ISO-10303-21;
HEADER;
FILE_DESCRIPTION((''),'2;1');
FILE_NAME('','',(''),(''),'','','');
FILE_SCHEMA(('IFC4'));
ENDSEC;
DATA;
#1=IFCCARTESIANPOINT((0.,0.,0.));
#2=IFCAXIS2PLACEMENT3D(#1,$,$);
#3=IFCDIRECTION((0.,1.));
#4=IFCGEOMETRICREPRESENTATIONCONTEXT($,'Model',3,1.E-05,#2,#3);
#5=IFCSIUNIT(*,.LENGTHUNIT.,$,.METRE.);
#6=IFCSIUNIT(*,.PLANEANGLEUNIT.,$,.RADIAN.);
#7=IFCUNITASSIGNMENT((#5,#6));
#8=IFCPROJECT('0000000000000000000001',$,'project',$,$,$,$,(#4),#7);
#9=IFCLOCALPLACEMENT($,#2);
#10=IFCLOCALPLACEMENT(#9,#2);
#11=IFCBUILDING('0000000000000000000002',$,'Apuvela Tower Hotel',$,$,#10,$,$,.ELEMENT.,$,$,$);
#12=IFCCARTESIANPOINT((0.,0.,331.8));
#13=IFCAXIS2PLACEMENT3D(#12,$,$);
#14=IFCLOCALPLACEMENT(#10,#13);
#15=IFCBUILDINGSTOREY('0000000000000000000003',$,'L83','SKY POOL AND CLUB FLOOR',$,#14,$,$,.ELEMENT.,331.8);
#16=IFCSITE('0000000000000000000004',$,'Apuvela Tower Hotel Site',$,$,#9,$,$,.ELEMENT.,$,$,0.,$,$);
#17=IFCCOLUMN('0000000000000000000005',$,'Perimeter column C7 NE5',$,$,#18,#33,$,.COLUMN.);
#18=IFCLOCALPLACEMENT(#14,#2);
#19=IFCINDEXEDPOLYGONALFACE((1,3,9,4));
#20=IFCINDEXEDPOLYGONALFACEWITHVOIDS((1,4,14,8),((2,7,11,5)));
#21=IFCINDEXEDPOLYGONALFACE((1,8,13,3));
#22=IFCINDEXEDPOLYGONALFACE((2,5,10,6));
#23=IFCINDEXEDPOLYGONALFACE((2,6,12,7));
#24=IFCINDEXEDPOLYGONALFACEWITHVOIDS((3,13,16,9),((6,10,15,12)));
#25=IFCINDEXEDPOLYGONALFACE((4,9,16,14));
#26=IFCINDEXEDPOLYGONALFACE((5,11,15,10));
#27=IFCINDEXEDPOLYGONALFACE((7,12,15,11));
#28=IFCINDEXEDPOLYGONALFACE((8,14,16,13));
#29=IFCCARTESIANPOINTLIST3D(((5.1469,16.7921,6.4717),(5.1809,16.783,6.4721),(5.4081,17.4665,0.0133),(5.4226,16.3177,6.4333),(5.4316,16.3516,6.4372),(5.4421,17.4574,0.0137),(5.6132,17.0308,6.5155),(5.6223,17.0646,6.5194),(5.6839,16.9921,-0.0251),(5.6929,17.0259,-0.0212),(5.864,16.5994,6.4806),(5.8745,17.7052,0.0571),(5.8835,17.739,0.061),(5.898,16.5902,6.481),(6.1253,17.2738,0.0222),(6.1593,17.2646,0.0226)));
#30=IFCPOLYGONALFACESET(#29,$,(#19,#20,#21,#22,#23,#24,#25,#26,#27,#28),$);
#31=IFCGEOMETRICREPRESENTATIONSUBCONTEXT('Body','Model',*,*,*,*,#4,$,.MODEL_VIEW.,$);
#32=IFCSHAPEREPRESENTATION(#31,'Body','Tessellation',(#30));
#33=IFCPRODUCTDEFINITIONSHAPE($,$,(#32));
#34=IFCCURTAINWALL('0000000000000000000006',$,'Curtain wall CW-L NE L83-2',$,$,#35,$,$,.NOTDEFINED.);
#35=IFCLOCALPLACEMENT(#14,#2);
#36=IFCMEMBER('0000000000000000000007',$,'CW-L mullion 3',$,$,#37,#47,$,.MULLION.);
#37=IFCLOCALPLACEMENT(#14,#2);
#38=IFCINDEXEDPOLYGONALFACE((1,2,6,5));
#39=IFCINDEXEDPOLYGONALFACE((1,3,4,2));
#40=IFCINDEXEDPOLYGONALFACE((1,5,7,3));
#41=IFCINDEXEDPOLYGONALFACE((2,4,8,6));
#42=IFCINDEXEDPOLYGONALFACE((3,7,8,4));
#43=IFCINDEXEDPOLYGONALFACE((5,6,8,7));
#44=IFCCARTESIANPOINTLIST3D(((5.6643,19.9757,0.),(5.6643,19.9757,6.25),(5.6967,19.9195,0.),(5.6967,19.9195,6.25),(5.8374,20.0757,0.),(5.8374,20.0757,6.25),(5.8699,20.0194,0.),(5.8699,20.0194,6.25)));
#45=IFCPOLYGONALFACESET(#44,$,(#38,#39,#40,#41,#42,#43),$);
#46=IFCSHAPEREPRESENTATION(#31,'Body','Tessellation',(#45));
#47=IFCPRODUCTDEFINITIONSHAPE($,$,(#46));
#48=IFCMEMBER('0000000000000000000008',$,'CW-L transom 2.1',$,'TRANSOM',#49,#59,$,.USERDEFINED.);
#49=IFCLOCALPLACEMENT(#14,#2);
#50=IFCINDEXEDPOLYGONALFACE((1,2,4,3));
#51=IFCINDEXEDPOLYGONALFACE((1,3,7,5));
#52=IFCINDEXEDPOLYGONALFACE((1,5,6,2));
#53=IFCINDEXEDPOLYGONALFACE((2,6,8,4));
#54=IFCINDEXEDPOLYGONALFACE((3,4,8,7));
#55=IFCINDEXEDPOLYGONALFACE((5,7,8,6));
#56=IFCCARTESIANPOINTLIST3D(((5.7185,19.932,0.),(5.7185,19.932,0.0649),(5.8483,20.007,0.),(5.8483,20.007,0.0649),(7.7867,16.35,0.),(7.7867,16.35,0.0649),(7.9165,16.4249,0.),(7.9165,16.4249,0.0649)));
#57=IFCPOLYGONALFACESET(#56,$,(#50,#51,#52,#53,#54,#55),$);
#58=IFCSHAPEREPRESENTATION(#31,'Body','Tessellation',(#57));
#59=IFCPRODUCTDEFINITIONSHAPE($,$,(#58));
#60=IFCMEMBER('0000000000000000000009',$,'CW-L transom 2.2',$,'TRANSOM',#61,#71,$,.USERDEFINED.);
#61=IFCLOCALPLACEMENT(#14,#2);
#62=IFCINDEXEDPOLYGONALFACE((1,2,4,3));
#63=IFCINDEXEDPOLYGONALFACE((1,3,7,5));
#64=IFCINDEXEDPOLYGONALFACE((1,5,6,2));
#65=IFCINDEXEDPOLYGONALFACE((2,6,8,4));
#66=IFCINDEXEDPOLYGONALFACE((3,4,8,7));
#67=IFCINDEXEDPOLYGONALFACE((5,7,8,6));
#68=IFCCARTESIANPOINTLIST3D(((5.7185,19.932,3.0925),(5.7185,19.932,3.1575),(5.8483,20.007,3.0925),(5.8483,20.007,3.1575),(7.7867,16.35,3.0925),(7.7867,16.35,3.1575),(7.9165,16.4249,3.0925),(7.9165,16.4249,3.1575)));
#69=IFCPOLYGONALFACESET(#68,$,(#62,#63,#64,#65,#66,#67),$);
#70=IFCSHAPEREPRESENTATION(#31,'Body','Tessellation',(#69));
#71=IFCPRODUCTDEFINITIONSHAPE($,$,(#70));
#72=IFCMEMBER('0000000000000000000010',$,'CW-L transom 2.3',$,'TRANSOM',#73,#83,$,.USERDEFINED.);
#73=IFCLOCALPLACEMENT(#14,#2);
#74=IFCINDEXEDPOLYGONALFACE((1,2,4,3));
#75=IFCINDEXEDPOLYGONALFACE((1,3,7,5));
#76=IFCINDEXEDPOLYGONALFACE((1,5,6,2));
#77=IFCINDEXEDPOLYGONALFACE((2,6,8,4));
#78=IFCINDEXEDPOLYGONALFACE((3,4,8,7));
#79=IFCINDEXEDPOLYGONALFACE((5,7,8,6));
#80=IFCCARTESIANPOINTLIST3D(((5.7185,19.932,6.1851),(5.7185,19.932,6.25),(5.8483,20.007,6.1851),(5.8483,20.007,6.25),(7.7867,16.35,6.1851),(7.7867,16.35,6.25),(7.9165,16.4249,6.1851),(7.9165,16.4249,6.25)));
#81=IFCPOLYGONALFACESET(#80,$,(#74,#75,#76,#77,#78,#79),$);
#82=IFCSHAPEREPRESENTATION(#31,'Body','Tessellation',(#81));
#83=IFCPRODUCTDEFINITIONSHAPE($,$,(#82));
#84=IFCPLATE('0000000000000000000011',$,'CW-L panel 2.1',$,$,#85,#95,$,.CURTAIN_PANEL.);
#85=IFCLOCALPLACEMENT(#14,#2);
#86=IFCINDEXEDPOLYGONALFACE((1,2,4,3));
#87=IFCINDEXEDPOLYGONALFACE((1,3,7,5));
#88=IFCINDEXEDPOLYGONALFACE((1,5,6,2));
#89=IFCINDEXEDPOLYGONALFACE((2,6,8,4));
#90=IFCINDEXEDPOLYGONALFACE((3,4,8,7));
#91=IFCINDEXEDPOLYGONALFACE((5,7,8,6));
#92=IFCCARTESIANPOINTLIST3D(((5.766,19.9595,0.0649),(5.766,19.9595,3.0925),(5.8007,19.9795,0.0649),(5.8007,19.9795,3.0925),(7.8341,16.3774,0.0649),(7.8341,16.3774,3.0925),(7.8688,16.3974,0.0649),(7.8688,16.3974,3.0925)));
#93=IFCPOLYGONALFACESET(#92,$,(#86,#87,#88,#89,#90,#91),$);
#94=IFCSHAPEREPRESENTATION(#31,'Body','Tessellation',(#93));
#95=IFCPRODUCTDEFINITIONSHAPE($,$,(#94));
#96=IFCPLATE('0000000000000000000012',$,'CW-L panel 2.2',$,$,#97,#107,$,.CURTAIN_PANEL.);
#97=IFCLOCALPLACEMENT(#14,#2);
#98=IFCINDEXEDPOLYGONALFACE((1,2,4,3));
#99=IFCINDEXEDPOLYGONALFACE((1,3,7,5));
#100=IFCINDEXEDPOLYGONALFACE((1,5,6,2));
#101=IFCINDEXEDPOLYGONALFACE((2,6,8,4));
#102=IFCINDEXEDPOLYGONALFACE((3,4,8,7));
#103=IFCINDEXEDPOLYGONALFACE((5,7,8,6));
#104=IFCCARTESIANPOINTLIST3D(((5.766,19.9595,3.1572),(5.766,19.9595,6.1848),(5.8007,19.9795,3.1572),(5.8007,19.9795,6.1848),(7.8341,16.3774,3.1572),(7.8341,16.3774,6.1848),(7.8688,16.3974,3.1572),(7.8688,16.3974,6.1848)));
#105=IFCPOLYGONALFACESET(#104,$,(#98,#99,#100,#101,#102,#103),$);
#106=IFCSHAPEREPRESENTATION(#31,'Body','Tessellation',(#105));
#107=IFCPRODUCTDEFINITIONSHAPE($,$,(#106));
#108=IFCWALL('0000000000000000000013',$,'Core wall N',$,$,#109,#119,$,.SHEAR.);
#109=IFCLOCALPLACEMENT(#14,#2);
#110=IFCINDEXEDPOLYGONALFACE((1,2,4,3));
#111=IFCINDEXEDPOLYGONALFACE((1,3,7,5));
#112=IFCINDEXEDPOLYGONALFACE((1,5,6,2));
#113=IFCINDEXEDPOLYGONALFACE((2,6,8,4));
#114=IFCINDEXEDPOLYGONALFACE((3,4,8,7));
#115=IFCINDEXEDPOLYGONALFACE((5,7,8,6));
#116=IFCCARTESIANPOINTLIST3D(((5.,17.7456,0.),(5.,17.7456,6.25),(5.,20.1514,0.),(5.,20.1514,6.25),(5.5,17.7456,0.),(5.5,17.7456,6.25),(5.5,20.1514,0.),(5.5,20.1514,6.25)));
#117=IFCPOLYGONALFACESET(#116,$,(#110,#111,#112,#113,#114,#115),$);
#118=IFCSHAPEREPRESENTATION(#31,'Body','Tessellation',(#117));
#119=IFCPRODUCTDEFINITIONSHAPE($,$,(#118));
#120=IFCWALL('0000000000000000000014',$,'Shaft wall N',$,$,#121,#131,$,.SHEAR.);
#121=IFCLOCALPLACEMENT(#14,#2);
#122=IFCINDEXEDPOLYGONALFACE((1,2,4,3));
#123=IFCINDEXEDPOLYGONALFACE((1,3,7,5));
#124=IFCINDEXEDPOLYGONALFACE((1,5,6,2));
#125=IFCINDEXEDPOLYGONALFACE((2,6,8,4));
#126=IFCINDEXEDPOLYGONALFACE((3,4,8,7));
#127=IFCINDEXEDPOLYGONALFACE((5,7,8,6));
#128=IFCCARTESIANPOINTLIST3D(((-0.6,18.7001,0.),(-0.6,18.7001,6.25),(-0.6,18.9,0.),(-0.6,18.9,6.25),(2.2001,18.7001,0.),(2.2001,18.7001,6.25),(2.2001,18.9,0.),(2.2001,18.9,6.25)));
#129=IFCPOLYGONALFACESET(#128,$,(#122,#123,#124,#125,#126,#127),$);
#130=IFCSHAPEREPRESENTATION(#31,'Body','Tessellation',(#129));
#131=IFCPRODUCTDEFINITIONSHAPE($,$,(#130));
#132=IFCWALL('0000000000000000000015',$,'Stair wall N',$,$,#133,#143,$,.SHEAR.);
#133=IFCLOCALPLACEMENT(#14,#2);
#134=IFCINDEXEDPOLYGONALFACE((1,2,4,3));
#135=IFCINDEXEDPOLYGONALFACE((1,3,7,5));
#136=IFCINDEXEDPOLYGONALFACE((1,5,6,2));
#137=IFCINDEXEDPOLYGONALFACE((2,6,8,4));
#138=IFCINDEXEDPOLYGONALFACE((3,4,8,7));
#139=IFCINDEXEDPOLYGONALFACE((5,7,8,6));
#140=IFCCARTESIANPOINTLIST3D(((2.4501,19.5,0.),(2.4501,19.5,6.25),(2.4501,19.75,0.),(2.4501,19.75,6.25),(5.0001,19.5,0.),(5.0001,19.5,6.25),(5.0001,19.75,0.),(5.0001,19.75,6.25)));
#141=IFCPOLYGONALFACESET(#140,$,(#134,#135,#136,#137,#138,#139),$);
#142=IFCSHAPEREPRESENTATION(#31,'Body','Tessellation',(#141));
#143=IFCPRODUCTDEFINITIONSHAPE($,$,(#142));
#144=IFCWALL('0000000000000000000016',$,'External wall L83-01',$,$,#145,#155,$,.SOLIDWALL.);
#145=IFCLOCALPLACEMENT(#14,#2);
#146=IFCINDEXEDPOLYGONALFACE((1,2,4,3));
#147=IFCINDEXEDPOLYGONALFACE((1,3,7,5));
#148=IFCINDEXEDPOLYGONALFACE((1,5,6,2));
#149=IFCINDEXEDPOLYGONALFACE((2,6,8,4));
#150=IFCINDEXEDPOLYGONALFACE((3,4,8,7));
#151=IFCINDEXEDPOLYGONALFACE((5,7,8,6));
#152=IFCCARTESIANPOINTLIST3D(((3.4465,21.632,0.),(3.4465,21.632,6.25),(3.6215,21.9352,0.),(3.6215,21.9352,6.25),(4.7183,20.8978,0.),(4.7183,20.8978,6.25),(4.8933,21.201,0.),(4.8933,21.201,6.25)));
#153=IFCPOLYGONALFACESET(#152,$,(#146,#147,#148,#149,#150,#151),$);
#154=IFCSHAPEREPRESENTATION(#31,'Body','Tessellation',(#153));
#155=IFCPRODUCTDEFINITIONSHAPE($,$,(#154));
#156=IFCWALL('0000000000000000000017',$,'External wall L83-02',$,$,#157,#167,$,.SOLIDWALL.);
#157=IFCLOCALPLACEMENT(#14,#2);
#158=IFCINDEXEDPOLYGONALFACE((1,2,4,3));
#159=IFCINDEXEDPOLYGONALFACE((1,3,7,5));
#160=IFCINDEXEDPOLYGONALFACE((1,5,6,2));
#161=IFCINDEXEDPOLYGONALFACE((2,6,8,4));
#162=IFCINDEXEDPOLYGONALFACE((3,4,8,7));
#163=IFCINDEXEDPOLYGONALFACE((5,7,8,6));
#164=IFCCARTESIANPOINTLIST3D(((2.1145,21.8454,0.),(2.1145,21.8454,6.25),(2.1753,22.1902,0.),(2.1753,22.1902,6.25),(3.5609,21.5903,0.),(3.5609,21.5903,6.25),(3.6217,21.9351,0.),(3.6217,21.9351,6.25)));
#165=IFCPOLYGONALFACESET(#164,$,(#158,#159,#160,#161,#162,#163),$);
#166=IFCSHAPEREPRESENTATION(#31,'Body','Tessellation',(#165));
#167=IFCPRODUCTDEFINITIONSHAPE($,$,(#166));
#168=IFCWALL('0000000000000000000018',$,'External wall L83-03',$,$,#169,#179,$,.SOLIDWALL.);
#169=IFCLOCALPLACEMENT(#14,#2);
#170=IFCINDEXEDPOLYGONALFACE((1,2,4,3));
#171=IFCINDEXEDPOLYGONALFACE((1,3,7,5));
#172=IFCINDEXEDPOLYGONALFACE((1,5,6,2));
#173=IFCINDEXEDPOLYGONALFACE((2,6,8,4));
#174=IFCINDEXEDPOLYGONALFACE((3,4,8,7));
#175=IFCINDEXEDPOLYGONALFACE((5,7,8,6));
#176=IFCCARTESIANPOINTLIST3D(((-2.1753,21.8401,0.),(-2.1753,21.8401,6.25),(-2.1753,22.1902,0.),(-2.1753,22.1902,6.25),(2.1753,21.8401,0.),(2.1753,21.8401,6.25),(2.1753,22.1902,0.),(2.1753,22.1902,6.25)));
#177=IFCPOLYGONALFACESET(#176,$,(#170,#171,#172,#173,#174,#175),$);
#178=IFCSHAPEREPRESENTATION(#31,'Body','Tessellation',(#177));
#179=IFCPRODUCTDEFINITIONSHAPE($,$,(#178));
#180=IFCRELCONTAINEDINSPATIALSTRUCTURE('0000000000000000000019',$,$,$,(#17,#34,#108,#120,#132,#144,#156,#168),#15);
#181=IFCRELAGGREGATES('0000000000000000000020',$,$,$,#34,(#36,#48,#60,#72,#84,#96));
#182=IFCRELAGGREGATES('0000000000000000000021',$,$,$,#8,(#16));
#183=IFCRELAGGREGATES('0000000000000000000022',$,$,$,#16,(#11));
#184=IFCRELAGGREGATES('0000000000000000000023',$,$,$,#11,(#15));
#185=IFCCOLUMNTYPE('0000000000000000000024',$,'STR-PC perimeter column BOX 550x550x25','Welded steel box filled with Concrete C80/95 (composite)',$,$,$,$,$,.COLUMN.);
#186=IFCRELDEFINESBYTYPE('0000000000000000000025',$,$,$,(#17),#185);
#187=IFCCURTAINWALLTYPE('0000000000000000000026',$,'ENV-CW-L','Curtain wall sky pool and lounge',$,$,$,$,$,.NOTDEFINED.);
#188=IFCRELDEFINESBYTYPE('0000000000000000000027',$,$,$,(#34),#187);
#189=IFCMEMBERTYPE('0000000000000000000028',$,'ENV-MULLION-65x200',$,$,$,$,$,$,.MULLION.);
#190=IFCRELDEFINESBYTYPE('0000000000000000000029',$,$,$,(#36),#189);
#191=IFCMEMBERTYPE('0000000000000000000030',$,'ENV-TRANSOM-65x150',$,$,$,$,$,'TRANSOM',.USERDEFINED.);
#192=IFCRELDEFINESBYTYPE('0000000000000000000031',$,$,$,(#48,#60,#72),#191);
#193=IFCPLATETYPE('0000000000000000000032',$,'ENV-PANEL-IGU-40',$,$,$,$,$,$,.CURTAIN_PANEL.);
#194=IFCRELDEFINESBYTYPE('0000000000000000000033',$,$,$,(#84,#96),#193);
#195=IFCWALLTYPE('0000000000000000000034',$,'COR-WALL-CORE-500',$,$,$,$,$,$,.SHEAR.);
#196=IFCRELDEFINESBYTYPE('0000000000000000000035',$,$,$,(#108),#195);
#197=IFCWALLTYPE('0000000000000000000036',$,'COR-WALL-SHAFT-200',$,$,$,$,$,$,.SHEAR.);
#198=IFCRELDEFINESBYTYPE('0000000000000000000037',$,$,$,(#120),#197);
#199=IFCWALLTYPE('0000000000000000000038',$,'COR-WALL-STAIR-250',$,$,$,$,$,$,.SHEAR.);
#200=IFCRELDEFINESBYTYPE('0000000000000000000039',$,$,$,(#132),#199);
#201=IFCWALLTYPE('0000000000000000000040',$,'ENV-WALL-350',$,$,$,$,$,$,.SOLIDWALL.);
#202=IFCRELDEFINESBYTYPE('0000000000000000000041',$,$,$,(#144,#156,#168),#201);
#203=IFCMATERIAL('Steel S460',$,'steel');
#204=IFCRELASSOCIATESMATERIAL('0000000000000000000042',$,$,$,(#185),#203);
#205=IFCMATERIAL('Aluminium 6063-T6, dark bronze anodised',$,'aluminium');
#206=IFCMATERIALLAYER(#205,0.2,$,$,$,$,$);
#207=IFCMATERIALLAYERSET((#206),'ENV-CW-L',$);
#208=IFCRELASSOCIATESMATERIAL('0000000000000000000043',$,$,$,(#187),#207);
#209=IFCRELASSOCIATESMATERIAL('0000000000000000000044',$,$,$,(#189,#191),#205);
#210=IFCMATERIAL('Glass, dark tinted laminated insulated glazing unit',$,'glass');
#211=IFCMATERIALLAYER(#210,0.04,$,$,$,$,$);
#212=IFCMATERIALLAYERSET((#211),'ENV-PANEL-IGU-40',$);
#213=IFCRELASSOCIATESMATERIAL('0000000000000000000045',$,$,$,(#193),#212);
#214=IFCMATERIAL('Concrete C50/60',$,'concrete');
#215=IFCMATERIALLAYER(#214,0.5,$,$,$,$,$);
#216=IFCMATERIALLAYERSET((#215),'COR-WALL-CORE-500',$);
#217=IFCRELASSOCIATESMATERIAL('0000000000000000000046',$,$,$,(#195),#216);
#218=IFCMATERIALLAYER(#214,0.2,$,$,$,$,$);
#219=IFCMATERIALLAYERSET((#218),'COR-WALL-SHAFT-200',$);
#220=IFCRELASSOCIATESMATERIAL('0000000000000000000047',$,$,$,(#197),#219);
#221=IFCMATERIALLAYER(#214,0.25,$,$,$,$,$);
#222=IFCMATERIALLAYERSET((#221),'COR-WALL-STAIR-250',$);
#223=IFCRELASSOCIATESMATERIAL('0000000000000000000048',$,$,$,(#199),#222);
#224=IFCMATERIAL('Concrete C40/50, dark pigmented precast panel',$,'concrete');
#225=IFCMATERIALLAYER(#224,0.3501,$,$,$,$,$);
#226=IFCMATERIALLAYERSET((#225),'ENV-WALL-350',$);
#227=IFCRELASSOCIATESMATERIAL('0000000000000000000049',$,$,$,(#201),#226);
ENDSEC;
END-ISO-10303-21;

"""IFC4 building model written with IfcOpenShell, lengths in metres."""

from ifc_helpers import new_model, si_unit, direction, frame, frame_2d, origin, origin_2d, place, context, subcontext, project, spatial, rectangle, hollow_rectangle, extrude, boolean, halfspace, material, layer, layer_set, material_profile, profile_set, type_object, element, aggregate, save


model = new_model("IFC4")

# Units and contexts
model_context = context("Model", 3, precision=1e-05, world=origin(), true_north=direction((0.0, 1.0)))
body_context = subcontext(model_context, "Body", "Model", "MODEL_VIEW")
ifc_project = project(units=[si_unit("LENGTHUNIT", "METRE"), si_unit("PLANEANGLEUNIT", "RADIAN")], contexts=[model_context])

# Site, building, storey
site_placement = place(None, origin())
site = spatial("IfcSite", under=ifc_project, at=site_placement, Name="Apuvela Tower Hotel Site", CompositionType="ELEMENT", RefElevation=0.0)
building_placement = place(site_placement, origin())
building = spatial("IfcBuilding", under=site, at=building_placement, Name="Apuvela Tower Hotel", CompositionType="ELEMENT")
storey_placement = place(building_placement, frame((0.0, 0.0, 331.8)))
storey = spatial("IfcBuildingStorey", under=building, at=storey_placement, Name="L83", Description="SKY POOL AND CLUB FLOOR", CompositionType="ELEMENT", Elevation=331.8)

# Column
ifc_material_1 = material(Name="Steel S460", Category="steel")
ifc_material_profile_1 = material_profile(ifc_material_1, hollow_rectangle(XDim=0.55, YDim=0.55, WallThickness=0.0249, at=origin_2d()), Name="BOX 550x550x25")
ifc_material_2 = material(Name="Concrete C80/95", Category="concrete")
ifc_material_profile_2 = material_profile(ifc_material_2, rectangle(XDim=0.5, YDim=0.5, at=origin_2d()), Name="Concrete C80/95 infill")
ifc_profile_set_1 = profile_set([ifc_material_profile_1, ifc_material_profile_2], Name="Steel S460")
column_type = type_object("IfcColumnType", Name="STR-PC perimeter column BOX 550x550x25", Description="Welded steel box filled with Concrete C80/95 (composite)", PredefinedType="COLUMN", material=ifc_profile_set_1)
column_placement = place(storey_placement, frame((5.7844, 17.3674, 0.0), z_axis=(-0.040201, -0.103769, 0.993789), x_axis=(-0.501318, 0.862445, 0.069775)))
element("IfcColumn", 1, at=column_placement, inside=storey, type_object=column_type, Name="Perimeter column C7 NE5", PredefinedType="COLUMN", context=body_context, shape_type="SweptSolid", body=[
    boolean("DIFFERENCE", boolean("DIFFERENCE", extrude(hollow_rectangle(XDim=0.55, YDim=0.55, WallThickness=0.0249, at=origin_2d()), origin(), (0.0, 0.0, 1.0), 6.5405), halfspace(frame((0.0, 0.0, 0.0181), z_axis=(0.0, 0.0, 1.0), x_axis=(1.0, 0.0, 0.0)), True)), halfspace(frame((0.0, 0.0, 6.5168), z_axis=(0.0, 0.0, 1.0), x_axis=(1.0, 0.0, 0.0)), False)),
])

# Curtain wall, members, plates
ifc_material_3 = material(Name="Aluminium 6063-T6, dark bronze anodised", Category="aluminium")
ifc_layer_1 = layer(ifc_material_3, 0.2)
ifc_layer_set_1 = layer_set([ifc_layer_1], Name="ENV-CW-L")
curtain_wall_type = type_object("IfcCurtainWallType", Name="ENV-CW-L", Description="Curtain wall sky pool and lounge", PredefinedType="NOTDEFINED", material=ifc_layer_set_1)
curtain_wall_placement = place(storey_placement, origin())
curtain_wall = element("IfcCurtainWall", 2, at=curtain_wall_placement, inside=storey, type_object=curtain_wall_type, Name="Curtain wall CW-L NE L83-2", PredefinedType="NOTDEFINED")
ifc_material_profile_3 = material_profile(ifc_material_3, rectangle(XDim=0.2, YDim=0.0649, at=origin_2d()), Name="AL 65x200")
ifc_profile_set_2 = profile_set([ifc_material_profile_3], Name="Aluminium 6063-T6, dark bronze anodised")
member_type_1 = type_object("IfcMemberType", Name="ENV-MULLION-65x200", PredefinedType="MULLION", material=ifc_profile_set_2)
member_1_placement = place(storey_placement, frame((5.7671, 19.9976, 0.0), z_axis=(0.0, 0.0, 1.0), x_axis=(-0.866023, -0.500004, 0.0)))
member_1 = element("IfcMember", 3, at=member_1_placement, type_object=member_type_1, Name="CW-L mullion 3", PredefinedType="MULLION", context=body_context, shape_type="SweptSolid", body=[
    extrude(rectangle(XDim=0.2, YDim=0.0649, at=origin_2d()), origin(), (0.0, 0.0, 1.0), 6.25),
])
ifc_material_profile_4 = material_profile(ifc_material_3, rectangle(XDim=0.1499, YDim=0.0649, at=origin_2d()), Name="AL 65x150 transom")
ifc_profile_set_3 = profile_set([ifc_material_profile_4], Name="Aluminium 6063-T6, dark bronze anodised")
member_type_2 = type_object("IfcMemberType", Name="ENV-TRANSOM-65x150", ElementType="TRANSOM", PredefinedType="USERDEFINED", material=ifc_profile_set_3)
member_2_placement = place(storey_placement, frame((7.8516, 16.3875, 0.0325), z_axis=(-0.500005, 0.866022, 0.0), x_axis=(-0.866022, -0.500005, 0.0)))
member_2 = element("IfcMember", 4, at=member_2_placement, type_object=member_type_2, Name="CW-L transom 2.1", ObjectType="TRANSOM", PredefinedType="USERDEFINED", context=body_context, shape_type="SweptSolid", body=[
    extrude(rectangle(XDim=0.1499, YDim=0.0649, at=origin_2d()), origin(), (0.0, 0.0, 1.0), 4.1362),
])
member_3_placement = place(storey_placement, frame((7.8516, 16.3875, 3.125), z_axis=(-0.500005, 0.866022, 0.0), x_axis=(-0.866022, -0.500005, 0.0)))
member_3 = element("IfcMember", 5, at=member_3_placement, type_object=member_type_2, Name="CW-L transom 2.2", ObjectType="TRANSOM", PredefinedType="USERDEFINED", context=body_context, shape_type="SweptSolid", body=[
    extrude(rectangle(XDim=0.1499, YDim=0.0649, at=origin_2d()), origin(), (0.0, 0.0, 1.0), 4.1362),
])
member_4_placement = place(storey_placement, frame((7.8516, 16.3875, 6.2175), z_axis=(-0.500005, 0.866022, 0.0), x_axis=(-0.866022, -0.500005, 0.0)))
member_4 = element("IfcMember", 6, at=member_4_placement, type_object=member_type_2, Name="CW-L transom 2.3", ObjectType="TRANSOM", PredefinedType="USERDEFINED", context=body_context, shape_type="SweptSolid", body=[
    extrude(rectangle(XDim=0.1499, YDim=0.0649, at=origin_2d()), origin(), (0.0, 0.0, 1.0), 4.1362),
])
ifc_material_4 = material(Name="Glass, dark tinted laminated insulated glazing unit", Category="glass")
ifc_layer_2 = layer(ifc_material_4, 0.04)
ifc_layer_set_2 = layer_set([ifc_layer_2], Name="ENV-PANEL-IGU-40")
plate_type = type_object("IfcPlateType", Name="ENV-PANEL-IGU-40", PredefinedType="CURTAIN_PANEL", material=ifc_layer_set_2)
plate_1_placement = place(storey_placement, frame((6.8174, 18.1785, 0.0649), z_axis=(0.0, 0.0, 1.0), x_axis=(-0.500004, 0.866023, 0.0)))
plate_1 = element("IfcPlate", 7, at=plate_1_placement, type_object=plate_type, Name="CW-L panel 2.1", PredefinedType="CURTAIN_PANEL", context=body_context, shape_type="SweptSolid", body=[
    extrude(rectangle(XDim=4.1362, YDim=0.04, at=origin_2d()), origin(), (0.0, 0.0, 1.0), 3.0276),
])
plate_2_placement = place(storey_placement, frame((6.8174, 18.1785, 3.1572), z_axis=(0.0, 0.0, 1.0), x_axis=(-0.500004, 0.866023, 0.0)))
plate_2 = element("IfcPlate", 8, at=plate_2_placement, type_object=plate_type, Name="CW-L panel 2.2", PredefinedType="CURTAIN_PANEL", context=body_context, shape_type="SweptSolid", body=[
    extrude(rectangle(XDim=4.1362, YDim=0.04, at=origin_2d()), origin(), (0.0, 0.0, 1.0), 3.0276),
])
aggregate(curtain_wall, [member_1, member_2, member_3, member_4, plate_1, plate_2])

# Walls
ifc_material_5 = material(Name="Concrete C50/60", Category="concrete")
ifc_layer_3 = layer(ifc_material_5, 0.5)
ifc_layer_set_3 = layer_set([ifc_layer_3], Name="COR-WALL-CORE-500")
wall_type_1 = type_object("IfcWallType", Name="COR-WALL-CORE-500", PredefinedType="SHEAR", material=ifc_layer_set_3)
wall_1_placement = place(storey_placement, frame((5.25, 17.7456, 0.0), z_axis=(0.0, 0.0, 1.0), x_axis=(0.0, 1.0, 0.0)))
element("IfcWall", 9, at=wall_1_placement, inside=storey, type_object=wall_type_1, Name="Core wall N", PredefinedType="SHEAR", context=body_context, shape_type="SweptSolid", body=[
    extrude(rectangle(XDim=2.4058, YDim=0.5, at=frame_2d((1.2029, 0.0))), origin(), (0.0, 0.0, 1.0), 6.25),
])
ifc_layer_4 = layer(ifc_material_5, 0.2)
ifc_layer_set_4 = layer_set([ifc_layer_4], Name="COR-WALL-SHAFT-200")
wall_type_2 = type_object("IfcWallType", Name="COR-WALL-SHAFT-200", PredefinedType="SHEAR", material=ifc_layer_set_4)
wall_2_placement = place(storey_placement, frame((2.2, 18.8, 0.0), z_axis=(0.0, 0.0, 1.0), x_axis=(-1.0, 0.0, 0.0)))
element("IfcWall", 10, at=wall_2_placement, inside=storey, type_object=wall_type_2, Name="Shaft wall N", PredefinedType="SHEAR", context=body_context, shape_type="SweptSolid", body=[
    extrude(rectangle(XDim=2.8, YDim=0.2, at=frame_2d((1.3999, 0.0))), origin(), (0.0, 0.0, 1.0), 6.25),
])
ifc_layer_5 = layer(ifc_material_5, 0.25)
ifc_layer_set_5 = layer_set([ifc_layer_5], Name="COR-WALL-STAIR-250")
wall_type_3 = type_object("IfcWallType", Name="COR-WALL-STAIR-250", PredefinedType="SHEAR", material=ifc_layer_set_5)
wall_3_placement = place(storey_placement, frame((5.0, 19.625, 0.0), z_axis=(0.0, 0.0, 1.0), x_axis=(-1.0, 0.0, 0.0)))
element("IfcWall", 11, at=wall_3_placement, inside=storey, type_object=wall_type_3, Name="Stair wall N", PredefinedType="SHEAR", context=body_context, shape_type="SweptSolid", body=[
    extrude(rectangle(XDim=2.55, YDim=0.25, at=frame_2d((1.2749, 0.0))), origin(), (0.0, 0.0, 1.0), 6.25),
])
ifc_material_6 = material(Name="Concrete C40/50, dark pigmented precast panel", Category="concrete")
ifc_layer_6 = layer(ifc_material_6, 0.3501)
ifc_layer_set_6 = layer_set([ifc_layer_6], Name="ENV-WALL-350")
wall_type_4 = type_object("IfcWallType", Name="ENV-WALL-350", PredefinedType="SOLIDWALL", material=ifc_layer_set_6)
wall_4_placement = place(storey_placement, frame((4.8059, 21.0493, 0.0), z_axis=(0.0, 0.0, 1.0), x_axis=(-0.866055, 0.499948, 0.0)))
element("IfcWall", 12, at=wall_4_placement, inside=storey, type_object=wall_type_4, Name="External wall L83-01", PredefinedType="SOLIDWALL", context=body_context, shape_type="SweptSolid", body=[
    extrude(rectangle(XDim=1.4685, YDim=0.3501, at=frame_2d((0.7344, 0.0))), origin(), (0.0, 0.0, 1.0), 6.25),
])
wall_5_placement = place(storey_placement, frame((3.5913, 21.7627, 0.0), z_axis=(0.0, 0.0, 1.0), x_axis=(-0.9848, 0.173691, 0.0)))
element("IfcWall", 13, at=wall_5_placement, inside=storey, type_object=wall_type_4, Name="External wall L83-02", PredefinedType="SOLIDWALL", context=body_context, shape_type="SweptSolid", body=[
    extrude(rectangle(XDim=1.4688, YDim=0.3501, at=frame_2d((0.7344, 0.0))), origin(), (0.0, 0.0, 1.0), 6.25),
])
wall_6_placement = place(storey_placement, frame((2.1753, 22.0151, 0.0), z_axis=(0.0, 0.0, 1.0), x_axis=(-1.0, 0.0, 0.0)))
element("IfcWall", 14, at=wall_6_placement, inside=storey, type_object=wall_type_4, Name="External wall L83-03", PredefinedType="SOLIDWALL", context=body_context, shape_type="SweptSolid", body=[
    extrude(rectangle(XDim=4.3506, YDim=0.3501, at=frame_2d((2.1753, 0.0))), origin(), (0.0, 0.0, 1.0), 6.25),
])

save(model, "model.ifc")
